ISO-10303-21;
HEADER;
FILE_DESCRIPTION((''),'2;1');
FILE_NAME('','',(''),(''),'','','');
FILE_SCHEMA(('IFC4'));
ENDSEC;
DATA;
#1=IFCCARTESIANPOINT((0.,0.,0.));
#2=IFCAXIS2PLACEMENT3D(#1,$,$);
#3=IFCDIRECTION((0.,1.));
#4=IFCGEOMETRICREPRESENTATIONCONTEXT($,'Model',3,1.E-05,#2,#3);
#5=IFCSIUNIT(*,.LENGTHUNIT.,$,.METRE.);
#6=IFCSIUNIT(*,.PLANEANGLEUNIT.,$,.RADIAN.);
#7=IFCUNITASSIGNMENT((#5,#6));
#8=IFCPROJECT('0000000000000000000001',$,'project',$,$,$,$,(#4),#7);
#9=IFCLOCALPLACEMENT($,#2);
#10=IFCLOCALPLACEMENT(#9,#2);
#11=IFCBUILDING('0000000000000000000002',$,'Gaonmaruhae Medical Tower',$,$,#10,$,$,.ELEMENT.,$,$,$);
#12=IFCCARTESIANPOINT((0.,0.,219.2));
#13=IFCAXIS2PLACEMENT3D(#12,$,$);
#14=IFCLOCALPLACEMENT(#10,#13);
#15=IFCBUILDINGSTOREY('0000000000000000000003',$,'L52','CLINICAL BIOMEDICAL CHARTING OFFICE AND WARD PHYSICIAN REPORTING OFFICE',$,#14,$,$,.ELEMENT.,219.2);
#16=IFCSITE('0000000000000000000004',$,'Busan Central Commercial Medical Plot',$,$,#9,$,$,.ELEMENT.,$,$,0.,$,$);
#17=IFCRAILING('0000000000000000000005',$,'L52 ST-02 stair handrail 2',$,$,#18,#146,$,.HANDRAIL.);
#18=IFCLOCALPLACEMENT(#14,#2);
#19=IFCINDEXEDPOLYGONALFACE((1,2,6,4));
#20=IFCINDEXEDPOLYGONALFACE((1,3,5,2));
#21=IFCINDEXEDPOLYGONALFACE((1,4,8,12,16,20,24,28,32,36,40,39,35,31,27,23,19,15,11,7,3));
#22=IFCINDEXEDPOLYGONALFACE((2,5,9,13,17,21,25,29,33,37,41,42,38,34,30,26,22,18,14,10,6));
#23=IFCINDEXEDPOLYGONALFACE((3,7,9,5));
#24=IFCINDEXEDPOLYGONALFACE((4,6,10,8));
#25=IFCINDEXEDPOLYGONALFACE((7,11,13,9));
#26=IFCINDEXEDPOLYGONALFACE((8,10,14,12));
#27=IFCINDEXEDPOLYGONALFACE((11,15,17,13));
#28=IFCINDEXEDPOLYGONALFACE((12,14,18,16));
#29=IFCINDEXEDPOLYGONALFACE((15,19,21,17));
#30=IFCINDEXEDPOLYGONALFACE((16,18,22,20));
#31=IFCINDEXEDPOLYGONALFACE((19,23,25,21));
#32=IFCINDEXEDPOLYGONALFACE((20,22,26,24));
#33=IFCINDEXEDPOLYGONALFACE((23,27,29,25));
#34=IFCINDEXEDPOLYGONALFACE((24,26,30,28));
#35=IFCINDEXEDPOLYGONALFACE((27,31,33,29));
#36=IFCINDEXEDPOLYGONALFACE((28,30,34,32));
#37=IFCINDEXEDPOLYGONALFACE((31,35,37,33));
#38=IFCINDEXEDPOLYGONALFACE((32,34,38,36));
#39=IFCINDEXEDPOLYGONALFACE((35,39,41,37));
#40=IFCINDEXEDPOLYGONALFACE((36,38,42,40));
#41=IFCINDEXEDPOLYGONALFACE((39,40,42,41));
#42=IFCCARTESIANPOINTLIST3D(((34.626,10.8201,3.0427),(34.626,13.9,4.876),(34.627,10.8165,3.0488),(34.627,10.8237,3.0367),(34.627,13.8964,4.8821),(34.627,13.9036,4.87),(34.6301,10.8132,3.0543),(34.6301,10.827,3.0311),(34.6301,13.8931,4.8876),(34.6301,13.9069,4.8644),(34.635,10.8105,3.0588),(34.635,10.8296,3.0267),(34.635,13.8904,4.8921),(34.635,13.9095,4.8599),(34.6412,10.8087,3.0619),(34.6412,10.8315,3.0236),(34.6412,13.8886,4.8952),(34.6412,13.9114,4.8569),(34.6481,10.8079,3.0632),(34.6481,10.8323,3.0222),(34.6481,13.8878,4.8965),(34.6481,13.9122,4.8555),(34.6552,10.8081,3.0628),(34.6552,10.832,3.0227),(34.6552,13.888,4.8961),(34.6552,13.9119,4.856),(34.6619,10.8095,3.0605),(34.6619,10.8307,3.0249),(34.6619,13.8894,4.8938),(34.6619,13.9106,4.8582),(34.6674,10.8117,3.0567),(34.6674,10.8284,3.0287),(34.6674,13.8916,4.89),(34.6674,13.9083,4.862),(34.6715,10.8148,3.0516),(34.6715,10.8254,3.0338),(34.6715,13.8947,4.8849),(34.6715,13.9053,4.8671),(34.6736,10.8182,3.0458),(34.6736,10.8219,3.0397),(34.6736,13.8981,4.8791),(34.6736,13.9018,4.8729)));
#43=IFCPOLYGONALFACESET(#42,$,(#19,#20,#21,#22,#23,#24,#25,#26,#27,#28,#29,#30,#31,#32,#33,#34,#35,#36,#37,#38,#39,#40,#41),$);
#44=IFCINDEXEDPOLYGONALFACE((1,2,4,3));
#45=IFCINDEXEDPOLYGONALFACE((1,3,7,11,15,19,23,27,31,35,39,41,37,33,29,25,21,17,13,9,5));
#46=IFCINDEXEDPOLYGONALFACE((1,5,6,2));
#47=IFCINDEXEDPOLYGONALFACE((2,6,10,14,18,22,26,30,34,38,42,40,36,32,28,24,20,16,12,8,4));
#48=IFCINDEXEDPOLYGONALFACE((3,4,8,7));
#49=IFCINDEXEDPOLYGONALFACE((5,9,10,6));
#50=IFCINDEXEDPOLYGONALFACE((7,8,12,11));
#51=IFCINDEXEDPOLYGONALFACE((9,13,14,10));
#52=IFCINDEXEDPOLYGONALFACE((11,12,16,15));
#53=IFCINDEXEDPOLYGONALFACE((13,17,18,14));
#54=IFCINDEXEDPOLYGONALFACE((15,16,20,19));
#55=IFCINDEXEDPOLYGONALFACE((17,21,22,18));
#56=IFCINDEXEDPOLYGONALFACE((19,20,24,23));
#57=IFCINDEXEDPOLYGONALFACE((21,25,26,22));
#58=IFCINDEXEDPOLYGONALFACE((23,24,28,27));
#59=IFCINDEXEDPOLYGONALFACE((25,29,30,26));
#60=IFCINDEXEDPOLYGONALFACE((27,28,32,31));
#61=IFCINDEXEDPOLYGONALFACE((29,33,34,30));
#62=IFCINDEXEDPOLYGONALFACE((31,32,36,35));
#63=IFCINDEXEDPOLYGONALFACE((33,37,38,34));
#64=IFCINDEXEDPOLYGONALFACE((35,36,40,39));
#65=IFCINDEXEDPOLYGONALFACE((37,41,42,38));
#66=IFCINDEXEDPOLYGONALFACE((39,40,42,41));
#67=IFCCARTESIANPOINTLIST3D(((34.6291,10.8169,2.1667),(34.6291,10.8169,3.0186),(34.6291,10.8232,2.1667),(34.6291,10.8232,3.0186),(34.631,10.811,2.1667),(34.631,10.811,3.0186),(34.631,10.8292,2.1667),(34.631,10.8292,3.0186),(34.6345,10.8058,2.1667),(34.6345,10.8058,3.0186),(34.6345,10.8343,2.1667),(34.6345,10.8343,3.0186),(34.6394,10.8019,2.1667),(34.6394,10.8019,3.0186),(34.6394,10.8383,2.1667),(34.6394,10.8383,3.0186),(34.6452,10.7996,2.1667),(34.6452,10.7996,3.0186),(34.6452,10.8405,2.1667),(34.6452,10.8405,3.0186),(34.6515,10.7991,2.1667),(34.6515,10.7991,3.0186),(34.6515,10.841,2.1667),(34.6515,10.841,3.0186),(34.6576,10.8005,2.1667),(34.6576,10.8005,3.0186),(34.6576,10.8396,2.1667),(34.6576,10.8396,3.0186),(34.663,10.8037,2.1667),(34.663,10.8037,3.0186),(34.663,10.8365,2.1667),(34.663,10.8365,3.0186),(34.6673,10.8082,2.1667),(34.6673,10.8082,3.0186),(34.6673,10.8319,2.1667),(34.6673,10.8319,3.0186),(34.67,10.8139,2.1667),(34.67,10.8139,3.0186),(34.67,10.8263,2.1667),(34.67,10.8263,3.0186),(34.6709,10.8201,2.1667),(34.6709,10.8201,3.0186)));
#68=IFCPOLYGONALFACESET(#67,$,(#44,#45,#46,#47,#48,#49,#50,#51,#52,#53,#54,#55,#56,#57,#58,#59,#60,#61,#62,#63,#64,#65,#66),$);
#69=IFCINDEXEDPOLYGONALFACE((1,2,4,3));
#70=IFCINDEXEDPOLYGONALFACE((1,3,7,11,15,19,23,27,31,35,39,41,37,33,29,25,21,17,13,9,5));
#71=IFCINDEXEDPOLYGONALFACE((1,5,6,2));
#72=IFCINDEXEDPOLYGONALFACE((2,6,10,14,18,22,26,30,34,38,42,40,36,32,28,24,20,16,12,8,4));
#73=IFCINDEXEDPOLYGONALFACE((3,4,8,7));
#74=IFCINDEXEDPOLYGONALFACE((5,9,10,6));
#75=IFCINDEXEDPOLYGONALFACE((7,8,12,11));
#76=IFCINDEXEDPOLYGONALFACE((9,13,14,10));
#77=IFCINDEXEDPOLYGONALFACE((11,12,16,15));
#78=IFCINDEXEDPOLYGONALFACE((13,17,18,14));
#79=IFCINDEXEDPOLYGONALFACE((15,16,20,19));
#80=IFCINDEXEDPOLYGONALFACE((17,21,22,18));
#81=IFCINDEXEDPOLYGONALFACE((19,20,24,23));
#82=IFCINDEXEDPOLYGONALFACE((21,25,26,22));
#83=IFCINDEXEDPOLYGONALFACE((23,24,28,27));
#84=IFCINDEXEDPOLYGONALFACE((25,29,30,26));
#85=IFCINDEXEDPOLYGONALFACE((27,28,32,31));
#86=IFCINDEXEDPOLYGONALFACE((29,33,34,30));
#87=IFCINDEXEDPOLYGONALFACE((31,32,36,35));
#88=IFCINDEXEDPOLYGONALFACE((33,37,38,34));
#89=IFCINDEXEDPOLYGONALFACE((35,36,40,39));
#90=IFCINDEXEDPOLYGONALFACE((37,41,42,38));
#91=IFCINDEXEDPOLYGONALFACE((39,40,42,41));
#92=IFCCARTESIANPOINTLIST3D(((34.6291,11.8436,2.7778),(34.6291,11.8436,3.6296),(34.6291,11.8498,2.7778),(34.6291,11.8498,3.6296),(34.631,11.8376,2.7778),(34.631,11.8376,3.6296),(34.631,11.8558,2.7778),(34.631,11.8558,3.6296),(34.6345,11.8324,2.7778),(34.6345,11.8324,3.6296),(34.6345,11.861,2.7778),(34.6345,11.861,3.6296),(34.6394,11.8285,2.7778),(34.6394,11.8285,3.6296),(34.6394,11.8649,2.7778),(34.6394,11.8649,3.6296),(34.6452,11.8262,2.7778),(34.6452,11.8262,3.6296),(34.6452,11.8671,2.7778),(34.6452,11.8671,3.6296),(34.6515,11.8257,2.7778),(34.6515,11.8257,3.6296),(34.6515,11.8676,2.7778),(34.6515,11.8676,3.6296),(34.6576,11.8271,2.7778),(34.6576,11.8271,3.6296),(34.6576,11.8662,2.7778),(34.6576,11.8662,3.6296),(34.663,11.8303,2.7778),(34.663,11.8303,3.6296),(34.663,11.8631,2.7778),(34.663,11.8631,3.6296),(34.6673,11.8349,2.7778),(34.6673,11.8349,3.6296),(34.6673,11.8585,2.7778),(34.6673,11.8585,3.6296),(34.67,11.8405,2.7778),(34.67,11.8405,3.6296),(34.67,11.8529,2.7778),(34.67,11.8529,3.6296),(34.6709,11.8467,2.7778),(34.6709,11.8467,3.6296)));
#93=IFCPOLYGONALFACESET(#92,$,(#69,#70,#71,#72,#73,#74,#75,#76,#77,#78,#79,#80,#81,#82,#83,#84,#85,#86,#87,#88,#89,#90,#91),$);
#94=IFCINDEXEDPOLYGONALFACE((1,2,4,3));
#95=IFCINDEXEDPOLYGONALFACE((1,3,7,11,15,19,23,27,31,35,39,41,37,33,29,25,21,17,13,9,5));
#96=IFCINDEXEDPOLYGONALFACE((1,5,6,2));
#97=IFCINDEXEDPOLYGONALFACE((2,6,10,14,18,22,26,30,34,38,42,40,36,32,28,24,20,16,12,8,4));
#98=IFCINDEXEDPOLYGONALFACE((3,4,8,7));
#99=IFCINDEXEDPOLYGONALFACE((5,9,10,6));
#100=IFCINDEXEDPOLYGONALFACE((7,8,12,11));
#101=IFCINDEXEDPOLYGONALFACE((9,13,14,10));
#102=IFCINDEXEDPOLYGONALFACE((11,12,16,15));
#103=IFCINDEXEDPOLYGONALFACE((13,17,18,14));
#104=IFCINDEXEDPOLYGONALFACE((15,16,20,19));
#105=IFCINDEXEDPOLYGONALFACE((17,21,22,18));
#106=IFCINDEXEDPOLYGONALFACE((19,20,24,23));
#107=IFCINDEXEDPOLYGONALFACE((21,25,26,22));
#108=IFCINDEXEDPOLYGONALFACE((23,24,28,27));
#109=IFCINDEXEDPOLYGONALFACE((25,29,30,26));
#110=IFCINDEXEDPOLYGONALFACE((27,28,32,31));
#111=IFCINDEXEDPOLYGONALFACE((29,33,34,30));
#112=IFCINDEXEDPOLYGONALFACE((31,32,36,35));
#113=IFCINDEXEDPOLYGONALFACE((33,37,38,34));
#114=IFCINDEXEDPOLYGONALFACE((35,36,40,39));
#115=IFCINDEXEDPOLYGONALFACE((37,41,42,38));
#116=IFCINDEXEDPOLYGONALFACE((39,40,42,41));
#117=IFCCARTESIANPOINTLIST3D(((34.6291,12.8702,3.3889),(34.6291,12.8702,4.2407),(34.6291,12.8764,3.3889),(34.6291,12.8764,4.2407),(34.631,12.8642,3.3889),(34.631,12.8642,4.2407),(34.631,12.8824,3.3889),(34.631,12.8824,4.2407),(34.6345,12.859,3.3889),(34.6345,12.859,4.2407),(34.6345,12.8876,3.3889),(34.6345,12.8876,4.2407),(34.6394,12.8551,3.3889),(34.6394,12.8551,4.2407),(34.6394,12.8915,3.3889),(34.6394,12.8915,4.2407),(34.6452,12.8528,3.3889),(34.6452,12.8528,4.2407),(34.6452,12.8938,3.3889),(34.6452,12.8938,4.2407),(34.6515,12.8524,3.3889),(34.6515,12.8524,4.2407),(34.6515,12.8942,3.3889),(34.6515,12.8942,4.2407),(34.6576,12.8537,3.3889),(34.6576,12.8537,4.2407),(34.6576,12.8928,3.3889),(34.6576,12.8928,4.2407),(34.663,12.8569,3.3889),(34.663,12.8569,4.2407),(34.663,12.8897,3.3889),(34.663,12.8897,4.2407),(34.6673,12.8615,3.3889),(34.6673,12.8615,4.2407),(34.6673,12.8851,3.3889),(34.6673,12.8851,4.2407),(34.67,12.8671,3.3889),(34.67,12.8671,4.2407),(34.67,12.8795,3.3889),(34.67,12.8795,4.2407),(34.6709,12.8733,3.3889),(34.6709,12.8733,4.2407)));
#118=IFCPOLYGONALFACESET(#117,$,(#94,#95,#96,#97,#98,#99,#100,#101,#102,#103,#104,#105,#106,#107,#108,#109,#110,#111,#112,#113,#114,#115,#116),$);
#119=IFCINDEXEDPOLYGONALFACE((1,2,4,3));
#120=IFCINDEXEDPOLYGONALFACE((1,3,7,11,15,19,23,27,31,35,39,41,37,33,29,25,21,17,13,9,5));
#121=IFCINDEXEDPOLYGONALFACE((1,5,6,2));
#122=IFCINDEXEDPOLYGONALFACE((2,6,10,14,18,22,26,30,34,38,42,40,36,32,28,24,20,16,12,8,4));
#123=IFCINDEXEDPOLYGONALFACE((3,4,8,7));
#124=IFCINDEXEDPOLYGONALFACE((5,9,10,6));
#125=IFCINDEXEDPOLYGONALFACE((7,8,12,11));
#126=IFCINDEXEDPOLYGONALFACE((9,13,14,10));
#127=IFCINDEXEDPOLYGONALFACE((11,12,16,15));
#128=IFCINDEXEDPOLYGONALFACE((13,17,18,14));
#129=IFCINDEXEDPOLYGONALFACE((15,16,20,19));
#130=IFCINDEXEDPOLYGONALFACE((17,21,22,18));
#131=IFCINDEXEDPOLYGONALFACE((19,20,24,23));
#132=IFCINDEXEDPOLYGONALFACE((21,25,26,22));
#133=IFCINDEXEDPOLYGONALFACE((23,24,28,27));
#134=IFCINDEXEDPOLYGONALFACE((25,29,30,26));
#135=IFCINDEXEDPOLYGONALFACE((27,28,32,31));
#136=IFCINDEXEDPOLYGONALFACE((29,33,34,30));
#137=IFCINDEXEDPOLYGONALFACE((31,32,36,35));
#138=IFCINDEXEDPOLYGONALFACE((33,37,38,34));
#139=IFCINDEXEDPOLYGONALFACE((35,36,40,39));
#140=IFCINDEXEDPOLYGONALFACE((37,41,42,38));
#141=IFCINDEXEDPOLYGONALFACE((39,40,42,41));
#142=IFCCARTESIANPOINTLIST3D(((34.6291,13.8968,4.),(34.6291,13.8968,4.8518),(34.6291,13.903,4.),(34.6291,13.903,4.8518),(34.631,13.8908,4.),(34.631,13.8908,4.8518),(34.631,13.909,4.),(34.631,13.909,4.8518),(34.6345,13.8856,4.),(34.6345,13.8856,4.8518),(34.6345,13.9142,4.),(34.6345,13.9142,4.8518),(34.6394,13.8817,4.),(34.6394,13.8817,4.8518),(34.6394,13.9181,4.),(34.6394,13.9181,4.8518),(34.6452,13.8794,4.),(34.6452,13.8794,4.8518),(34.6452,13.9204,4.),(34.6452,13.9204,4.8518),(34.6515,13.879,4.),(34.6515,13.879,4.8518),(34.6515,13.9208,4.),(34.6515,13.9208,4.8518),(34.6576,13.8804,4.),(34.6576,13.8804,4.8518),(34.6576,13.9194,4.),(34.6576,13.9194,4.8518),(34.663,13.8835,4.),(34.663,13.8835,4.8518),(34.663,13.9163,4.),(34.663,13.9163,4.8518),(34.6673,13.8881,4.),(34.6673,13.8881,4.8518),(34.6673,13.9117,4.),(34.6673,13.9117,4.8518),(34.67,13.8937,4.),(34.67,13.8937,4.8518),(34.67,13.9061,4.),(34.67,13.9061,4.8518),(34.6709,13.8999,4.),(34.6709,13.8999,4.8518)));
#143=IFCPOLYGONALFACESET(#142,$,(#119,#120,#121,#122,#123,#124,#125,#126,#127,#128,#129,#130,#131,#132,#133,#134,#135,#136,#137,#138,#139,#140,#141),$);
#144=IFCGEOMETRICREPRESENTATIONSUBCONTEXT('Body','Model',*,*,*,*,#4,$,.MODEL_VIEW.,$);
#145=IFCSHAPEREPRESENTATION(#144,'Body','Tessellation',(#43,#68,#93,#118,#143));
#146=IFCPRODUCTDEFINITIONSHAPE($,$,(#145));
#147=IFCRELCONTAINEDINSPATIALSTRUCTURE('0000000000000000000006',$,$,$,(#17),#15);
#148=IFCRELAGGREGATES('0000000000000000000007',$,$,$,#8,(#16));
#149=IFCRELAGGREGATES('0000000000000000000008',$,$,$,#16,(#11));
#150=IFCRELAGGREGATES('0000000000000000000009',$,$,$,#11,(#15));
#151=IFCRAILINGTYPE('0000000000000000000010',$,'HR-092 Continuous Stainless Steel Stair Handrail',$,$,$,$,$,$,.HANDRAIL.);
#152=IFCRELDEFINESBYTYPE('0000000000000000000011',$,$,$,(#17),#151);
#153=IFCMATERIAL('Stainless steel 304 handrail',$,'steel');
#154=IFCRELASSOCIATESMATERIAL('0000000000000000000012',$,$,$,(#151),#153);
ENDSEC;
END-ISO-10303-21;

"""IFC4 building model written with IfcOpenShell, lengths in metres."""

from ifc_helpers import new_model, si_unit, direction, frame, origin, origin_2d, place, context, subcontext, project, spatial, circle, extrude, material, type_object, element, save


model = new_model("IFC4")

# Units and contexts
model_context = context("Model", 3, precision=1e-05, world=origin(), true_north=direction((0.0, 1.0)))
body_context = subcontext(model_context, "Body", "Model", "MODEL_VIEW")
ifc_project = project(units=[si_unit("LENGTHUNIT", "METRE"), si_unit("PLANEANGLEUNIT", "RADIAN")], contexts=[model_context])

# Site, building, storey
site_placement = place(None, origin())
site = spatial("IfcSite", under=ifc_project, at=site_placement, Name="Busan Central Commercial Medical Plot", CompositionType="ELEMENT", RefElevation=0.0)
building_placement = place(site_placement, origin())
building = spatial("IfcBuilding", under=site, at=building_placement, Name="Gaonmaruhae Medical Tower", CompositionType="ELEMENT")
storey_placement = place(building_placement, frame((0.0, 0.0, 219.2)))
storey = spatial("IfcBuildingStorey", under=building, at=storey_placement, Name="L52", Description="CLINICAL BIOMEDICAL CHARTING OFFICE AND WARD PHYSICIAN REPORTING OFFICE", CompositionType="ELEMENT", Elevation=219.2)

# Railing
ifc_material_1 = material(Name="Stainless steel 304 handrail", Category="steel")
railing_type_1 = type_object("IfcRailingType", Name="HR-092 Continuous Stainless Steel Stair Handrail", PredefinedType="HANDRAIL", material=ifc_material_1)
railing_1_placement = place(storey_placement, frame((34.6499, 10.8201, 2.1667)))
element("IfcRailing", 1, at=railing_1_placement, inside=storey, type_object=railing_type_1, Name="L52 ST-02 stair handrail 2", PredefinedType="HANDRAIL", context=body_context, shape_type="SweptSolid", body=[
    extrude(circle(Radius=0.0239, at=origin_2d()), frame((0.0, 0.0, 0.876), z_axis=(0.0, 0.859291, 0.511487), x_axis=(-1.0, 0.0, 0.0)), (0.0, 0.0, 1.0), 3.5842),
    extrude(circle(Radius=0.021, at=origin_2d()), origin(), (0.0, 0.0, 1.0), 0.8518),
    extrude(circle(Radius=0.021, at=origin_2d()), frame((0.0, 1.0266, 0.6111)), (0.0, 0.0, 1.0), 0.8518),
    extrude(circle(Radius=0.021, at=origin_2d()), frame((0.0, 2.0532, 1.2222)), (0.0, 0.0, 1.0), 0.8518),
    extrude(circle(Radius=0.021, at=origin_2d()), frame((0.0, 3.0798, 1.8333)), (0.0, 0.0, 1.0), 0.8518),
])

save(model, "model.ifc")
